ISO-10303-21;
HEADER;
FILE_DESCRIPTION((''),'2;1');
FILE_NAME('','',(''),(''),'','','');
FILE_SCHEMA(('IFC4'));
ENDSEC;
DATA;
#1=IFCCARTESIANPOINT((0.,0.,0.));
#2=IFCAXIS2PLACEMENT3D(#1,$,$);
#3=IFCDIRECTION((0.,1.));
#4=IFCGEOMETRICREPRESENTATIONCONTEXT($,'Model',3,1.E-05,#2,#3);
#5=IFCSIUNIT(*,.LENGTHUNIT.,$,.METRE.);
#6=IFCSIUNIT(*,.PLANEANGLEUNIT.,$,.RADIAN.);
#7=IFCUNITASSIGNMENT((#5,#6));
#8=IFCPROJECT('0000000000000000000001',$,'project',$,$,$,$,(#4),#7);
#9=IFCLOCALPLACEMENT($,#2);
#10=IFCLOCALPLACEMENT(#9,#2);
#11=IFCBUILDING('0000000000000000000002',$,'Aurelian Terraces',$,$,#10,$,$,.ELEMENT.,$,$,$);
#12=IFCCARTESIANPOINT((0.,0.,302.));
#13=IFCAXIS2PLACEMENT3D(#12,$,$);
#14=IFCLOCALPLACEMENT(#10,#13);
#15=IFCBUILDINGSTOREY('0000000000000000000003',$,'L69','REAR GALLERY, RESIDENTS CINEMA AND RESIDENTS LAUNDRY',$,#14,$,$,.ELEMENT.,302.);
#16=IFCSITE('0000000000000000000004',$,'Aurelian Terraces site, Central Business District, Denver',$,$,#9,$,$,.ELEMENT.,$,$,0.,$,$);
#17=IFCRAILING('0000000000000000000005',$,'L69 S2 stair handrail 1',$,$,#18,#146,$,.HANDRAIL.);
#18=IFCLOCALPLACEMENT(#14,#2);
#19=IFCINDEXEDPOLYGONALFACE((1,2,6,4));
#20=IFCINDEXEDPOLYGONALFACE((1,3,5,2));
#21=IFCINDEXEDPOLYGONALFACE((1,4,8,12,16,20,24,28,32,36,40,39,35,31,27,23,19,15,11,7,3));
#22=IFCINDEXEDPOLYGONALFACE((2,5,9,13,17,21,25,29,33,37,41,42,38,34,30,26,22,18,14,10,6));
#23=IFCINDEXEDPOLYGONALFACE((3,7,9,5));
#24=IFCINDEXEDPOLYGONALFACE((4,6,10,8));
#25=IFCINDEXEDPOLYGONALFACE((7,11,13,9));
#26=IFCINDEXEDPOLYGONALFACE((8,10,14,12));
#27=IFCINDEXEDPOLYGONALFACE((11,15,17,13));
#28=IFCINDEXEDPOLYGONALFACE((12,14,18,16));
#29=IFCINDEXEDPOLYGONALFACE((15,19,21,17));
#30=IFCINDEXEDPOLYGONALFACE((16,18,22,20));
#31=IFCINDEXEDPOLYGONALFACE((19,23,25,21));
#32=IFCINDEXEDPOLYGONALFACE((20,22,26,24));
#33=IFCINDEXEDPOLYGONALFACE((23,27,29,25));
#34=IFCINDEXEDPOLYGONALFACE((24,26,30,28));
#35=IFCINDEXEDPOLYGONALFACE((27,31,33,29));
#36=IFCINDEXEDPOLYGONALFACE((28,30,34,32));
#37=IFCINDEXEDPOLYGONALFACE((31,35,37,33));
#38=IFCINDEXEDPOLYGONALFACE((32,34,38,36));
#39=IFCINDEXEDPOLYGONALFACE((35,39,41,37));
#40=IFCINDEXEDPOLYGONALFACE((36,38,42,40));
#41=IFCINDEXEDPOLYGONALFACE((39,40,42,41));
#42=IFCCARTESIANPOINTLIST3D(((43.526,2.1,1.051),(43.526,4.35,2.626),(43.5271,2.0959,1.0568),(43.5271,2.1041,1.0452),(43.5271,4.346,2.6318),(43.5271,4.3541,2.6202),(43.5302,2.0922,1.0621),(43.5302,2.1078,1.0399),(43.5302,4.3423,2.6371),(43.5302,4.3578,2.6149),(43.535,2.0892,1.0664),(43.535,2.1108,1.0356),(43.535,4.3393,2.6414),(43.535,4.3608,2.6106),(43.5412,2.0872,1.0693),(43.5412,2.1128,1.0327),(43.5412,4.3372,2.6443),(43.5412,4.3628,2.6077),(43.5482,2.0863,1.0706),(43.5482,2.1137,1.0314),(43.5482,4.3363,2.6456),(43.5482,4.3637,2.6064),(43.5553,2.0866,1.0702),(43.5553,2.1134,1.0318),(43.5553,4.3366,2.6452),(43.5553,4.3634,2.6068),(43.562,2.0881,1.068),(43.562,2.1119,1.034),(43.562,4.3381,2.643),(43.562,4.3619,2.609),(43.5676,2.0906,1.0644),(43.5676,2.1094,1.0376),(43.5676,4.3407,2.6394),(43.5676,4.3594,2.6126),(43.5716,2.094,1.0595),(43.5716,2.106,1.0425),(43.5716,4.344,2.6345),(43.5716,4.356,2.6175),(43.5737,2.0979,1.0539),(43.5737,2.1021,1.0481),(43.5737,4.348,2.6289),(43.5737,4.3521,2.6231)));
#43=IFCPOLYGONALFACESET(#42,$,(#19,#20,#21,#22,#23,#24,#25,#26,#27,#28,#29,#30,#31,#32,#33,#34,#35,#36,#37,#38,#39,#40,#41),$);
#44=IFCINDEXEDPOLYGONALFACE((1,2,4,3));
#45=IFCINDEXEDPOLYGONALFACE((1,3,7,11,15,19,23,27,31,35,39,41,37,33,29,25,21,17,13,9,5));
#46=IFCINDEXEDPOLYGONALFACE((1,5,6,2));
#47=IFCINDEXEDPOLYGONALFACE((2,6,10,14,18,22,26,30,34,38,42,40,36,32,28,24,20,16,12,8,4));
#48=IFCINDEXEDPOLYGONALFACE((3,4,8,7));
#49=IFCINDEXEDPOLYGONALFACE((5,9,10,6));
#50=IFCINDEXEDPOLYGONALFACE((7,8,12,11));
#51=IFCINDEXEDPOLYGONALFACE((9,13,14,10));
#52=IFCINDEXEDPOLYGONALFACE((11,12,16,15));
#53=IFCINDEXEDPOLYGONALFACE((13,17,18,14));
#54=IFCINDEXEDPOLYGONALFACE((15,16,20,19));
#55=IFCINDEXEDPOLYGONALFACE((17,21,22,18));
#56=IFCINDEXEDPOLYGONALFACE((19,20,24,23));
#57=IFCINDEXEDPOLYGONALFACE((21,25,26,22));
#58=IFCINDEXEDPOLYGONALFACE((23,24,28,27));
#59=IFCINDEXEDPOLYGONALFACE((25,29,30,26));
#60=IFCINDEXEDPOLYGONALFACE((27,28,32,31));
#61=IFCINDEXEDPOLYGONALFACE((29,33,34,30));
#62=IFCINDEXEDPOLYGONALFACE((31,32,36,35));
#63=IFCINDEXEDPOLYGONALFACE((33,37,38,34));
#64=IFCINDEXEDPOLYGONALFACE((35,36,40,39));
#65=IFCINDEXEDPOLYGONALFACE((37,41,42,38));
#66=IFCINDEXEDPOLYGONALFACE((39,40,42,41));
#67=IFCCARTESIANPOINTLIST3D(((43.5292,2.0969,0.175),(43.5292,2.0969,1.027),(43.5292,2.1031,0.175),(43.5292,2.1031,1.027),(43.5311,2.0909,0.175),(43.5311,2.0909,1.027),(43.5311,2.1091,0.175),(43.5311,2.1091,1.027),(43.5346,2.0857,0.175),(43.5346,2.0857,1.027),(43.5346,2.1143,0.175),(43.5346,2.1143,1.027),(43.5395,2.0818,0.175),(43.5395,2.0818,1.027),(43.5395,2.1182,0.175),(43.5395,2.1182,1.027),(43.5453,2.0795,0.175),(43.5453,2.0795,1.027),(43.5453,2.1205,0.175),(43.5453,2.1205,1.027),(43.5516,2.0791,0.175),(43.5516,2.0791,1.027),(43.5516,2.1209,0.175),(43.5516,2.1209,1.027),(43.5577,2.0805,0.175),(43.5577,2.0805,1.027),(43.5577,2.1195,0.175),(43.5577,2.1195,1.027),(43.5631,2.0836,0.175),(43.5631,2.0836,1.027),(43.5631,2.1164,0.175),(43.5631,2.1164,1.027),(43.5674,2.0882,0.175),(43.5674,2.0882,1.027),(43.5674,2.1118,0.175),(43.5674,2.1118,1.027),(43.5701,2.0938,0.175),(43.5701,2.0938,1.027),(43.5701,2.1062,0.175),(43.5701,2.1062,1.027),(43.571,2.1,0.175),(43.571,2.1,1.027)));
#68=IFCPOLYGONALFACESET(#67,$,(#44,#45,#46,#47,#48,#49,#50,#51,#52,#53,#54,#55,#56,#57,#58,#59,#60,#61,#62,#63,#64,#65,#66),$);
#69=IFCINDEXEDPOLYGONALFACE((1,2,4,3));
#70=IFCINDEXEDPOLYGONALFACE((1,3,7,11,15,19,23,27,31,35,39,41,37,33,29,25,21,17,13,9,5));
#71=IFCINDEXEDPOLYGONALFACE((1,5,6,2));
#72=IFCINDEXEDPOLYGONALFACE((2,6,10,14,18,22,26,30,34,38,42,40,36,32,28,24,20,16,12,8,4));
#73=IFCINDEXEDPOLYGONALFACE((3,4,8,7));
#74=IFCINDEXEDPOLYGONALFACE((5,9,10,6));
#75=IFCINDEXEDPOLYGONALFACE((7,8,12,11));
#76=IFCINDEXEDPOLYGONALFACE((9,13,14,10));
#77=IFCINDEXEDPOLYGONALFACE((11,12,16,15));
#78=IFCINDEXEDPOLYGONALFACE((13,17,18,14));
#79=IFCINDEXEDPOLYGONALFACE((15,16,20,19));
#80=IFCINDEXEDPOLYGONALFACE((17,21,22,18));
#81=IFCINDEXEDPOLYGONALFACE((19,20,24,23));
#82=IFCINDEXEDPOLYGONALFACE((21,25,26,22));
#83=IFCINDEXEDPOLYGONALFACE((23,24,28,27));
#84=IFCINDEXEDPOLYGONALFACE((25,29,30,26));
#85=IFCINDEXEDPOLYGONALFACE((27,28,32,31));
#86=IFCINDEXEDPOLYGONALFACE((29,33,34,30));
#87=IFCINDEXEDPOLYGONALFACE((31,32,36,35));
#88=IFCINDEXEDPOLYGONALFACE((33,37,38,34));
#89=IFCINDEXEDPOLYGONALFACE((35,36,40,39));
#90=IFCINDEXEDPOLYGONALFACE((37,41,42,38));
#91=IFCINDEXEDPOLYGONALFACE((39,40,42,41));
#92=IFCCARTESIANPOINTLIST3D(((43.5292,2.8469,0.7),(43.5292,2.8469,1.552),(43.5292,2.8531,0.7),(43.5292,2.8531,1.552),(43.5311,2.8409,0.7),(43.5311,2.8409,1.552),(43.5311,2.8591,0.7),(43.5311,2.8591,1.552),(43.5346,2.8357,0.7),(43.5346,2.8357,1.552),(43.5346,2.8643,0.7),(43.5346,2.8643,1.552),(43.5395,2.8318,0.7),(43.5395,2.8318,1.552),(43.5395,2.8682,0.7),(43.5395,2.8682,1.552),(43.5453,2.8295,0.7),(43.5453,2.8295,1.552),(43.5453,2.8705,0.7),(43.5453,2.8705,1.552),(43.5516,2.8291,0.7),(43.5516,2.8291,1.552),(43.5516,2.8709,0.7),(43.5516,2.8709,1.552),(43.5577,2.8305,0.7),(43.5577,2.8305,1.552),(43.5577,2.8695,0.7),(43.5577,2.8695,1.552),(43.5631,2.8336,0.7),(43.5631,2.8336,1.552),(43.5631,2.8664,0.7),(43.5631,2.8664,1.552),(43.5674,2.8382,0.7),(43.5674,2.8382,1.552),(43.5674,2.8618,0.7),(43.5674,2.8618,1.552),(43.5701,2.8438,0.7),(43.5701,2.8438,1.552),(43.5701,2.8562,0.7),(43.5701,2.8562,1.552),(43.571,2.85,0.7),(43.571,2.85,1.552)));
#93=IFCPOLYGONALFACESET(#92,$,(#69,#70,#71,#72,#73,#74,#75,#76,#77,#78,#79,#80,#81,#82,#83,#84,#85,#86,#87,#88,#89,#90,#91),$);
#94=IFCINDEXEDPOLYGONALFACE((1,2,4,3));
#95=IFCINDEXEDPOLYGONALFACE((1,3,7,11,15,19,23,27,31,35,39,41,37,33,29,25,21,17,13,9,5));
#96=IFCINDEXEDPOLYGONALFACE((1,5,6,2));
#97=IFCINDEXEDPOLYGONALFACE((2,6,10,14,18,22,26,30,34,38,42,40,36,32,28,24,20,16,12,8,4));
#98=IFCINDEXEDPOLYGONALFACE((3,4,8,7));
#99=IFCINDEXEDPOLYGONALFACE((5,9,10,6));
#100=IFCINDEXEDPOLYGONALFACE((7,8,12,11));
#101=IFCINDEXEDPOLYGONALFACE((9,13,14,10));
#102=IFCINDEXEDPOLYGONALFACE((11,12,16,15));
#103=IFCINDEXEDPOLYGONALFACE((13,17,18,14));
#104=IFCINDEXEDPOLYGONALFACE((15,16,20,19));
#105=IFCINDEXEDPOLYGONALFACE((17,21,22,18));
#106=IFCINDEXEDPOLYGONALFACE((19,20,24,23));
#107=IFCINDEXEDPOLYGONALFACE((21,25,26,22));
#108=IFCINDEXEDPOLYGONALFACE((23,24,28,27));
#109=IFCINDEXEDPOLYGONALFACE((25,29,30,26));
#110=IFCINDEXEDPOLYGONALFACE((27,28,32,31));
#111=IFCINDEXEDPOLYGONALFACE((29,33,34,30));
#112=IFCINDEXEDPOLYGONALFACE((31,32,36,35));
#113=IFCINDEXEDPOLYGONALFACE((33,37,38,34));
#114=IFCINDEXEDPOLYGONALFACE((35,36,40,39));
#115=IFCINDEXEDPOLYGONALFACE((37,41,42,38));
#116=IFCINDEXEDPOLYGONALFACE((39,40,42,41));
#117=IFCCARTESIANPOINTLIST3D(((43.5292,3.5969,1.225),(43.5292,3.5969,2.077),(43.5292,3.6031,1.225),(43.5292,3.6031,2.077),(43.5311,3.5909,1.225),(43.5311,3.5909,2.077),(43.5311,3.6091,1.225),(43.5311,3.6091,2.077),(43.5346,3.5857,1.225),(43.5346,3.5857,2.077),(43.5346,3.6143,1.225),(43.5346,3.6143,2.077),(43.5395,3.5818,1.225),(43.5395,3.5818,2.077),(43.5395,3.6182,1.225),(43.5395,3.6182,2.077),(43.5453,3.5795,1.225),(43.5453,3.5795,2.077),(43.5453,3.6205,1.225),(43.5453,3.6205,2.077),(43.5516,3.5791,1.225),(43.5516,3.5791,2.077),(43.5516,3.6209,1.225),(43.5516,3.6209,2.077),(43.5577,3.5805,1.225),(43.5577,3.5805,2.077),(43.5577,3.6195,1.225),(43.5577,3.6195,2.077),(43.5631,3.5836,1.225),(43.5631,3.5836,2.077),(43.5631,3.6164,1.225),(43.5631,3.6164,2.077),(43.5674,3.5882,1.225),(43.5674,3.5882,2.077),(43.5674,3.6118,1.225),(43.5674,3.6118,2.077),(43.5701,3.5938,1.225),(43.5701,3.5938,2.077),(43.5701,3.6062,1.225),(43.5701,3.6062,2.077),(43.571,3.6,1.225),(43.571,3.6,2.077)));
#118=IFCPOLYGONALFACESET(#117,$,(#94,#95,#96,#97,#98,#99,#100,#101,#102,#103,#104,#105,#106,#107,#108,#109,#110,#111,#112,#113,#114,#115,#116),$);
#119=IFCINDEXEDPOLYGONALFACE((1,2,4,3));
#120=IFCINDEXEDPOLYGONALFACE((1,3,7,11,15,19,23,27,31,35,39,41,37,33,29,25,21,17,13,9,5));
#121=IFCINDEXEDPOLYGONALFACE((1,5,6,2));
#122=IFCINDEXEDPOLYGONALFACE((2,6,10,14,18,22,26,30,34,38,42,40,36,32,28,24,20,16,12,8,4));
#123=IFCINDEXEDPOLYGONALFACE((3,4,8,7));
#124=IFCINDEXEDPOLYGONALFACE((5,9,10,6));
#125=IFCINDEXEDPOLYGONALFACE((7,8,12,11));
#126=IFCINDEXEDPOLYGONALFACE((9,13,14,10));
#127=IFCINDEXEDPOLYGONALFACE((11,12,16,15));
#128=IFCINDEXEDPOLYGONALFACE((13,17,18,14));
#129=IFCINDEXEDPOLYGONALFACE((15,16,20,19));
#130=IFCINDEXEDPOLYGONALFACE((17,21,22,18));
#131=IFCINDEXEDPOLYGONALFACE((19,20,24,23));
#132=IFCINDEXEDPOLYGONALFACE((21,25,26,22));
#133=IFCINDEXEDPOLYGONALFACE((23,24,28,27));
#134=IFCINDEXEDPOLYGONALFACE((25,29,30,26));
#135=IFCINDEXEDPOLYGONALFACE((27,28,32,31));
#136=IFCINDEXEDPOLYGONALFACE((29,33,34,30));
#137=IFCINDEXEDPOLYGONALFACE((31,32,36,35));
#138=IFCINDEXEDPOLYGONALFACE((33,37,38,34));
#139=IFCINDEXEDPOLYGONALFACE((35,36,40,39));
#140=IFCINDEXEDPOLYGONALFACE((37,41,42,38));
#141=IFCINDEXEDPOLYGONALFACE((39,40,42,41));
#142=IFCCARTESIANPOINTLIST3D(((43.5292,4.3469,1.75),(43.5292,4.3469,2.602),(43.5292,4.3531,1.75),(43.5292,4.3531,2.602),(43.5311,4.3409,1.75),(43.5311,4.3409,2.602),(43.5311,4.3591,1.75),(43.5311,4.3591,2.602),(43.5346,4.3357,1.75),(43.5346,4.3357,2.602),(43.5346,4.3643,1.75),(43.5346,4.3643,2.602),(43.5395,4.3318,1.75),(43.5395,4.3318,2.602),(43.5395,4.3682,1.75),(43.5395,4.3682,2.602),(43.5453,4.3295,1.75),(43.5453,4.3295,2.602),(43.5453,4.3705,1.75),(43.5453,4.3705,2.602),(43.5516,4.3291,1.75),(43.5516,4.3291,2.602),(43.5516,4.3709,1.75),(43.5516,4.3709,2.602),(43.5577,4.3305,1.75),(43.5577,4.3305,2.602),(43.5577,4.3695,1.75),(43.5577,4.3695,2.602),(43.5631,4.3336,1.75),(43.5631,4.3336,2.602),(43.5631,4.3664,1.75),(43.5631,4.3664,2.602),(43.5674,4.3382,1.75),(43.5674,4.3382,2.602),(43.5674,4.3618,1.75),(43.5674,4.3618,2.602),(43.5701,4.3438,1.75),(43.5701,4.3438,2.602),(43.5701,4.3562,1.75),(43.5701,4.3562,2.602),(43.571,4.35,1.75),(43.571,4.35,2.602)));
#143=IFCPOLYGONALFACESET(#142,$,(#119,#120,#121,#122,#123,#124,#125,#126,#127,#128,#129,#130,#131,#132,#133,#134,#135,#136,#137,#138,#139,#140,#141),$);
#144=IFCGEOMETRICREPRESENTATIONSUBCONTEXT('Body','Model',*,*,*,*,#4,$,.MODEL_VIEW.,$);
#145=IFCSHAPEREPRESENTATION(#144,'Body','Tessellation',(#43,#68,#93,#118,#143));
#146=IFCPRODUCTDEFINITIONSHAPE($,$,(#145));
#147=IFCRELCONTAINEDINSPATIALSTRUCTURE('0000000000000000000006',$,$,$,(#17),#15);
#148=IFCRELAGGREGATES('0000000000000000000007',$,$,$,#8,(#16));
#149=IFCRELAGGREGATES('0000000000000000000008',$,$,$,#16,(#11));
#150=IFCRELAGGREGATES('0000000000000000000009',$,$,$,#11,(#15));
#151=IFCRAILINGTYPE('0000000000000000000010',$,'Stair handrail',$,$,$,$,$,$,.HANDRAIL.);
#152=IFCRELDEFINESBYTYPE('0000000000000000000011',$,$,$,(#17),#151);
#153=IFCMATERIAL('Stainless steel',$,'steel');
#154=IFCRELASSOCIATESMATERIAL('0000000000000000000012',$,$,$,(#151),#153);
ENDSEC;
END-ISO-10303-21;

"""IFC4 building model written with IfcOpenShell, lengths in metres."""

from ifc_helpers import new_model, si_unit, direction, frame, origin, origin_2d, place, context, subcontext, project, spatial, circle, extrude, source, transform, mapped, material, type_object, element, save


model = new_model("IFC4")

# Units and contexts
model_context = context("Model", 3, precision=1e-05, world=origin(), true_north=direction((0.0, 1.0)))
body_context = subcontext(model_context, "Body", "Model", "MODEL_VIEW")
ifc_project = project(units=[si_unit("LENGTHUNIT", "METRE"), si_unit("PLANEANGLEUNIT", "RADIAN")], contexts=[model_context])

# Site, building, storey
site_placement = place(None, origin())
site = spatial("IfcSite", under=ifc_project, at=site_placement, Name="Aurelian Terraces site, Central Business District, Denver", CompositionType="ELEMENT", RefElevation=0.0)
building_placement = place(site_placement, origin())
building = spatial("IfcBuilding", under=site, at=building_placement, Name="Aurelian Terraces", CompositionType="ELEMENT")
storey_placement = place(building_placement, frame((0.0, 0.0, 302.0)))
storey = spatial("IfcBuildingStorey", under=building, at=storey_placement, Name="L69", Description="REAR GALLERY, RESIDENTS CINEMA AND RESIDENTS LAUNDRY", CompositionType="ELEMENT", Elevation=302.0)

# Railing
ifc_material_1 = material(Name="Stainless steel", Category="steel")
railing_type_1 = type_object("IfcRailingType", Name="Stair handrail", PredefinedType="HANDRAIL", material=ifc_material_1)
shared_shape_1 = source(origin(), body_context, "Body", "SweptSolid", [
    extrude(circle(Radius=0.024, at=origin_2d()), frame((0.0, 0.0, 0.876), z_axis=(0.0, 0.819232, 0.573462), x_axis=(-1.0, 0.0, 0.0)), (0.0, 0.0, 1.0), 2.7465),
    extrude(circle(Radius=0.021, at=origin_2d()), origin(), (0.0, 0.0, 1.0), 0.852),
    extrude(circle(Radius=0.021, at=origin_2d()), frame((0.0, 0.75, 0.525)), (0.0, 0.0, 1.0), 0.852),
    extrude(circle(Radius=0.021, at=origin_2d()), frame((0.0, 1.5, 1.05)), (0.0, 0.0, 1.0), 0.852),
    extrude(circle(Radius=0.021, at=origin_2d()), frame((0.0, 2.25, 1.575)), (0.0, 0.0, 1.0), 0.852),
])
railing_1_placement = place(storey_placement, frame((43.55, 2.1, 0.175)))
element("IfcRailing", 1, at=railing_1_placement, inside=storey, type_object=railing_type_1, Name="L69 S2 stair handrail 1", PredefinedType="HANDRAIL", context=body_context, shape_type="MappedRepresentation", body=[
    mapped(shared_shape_1, transform((0.0, 0.0, 0.0), scale=1.0)),
])

save(model, "model.ifc")
